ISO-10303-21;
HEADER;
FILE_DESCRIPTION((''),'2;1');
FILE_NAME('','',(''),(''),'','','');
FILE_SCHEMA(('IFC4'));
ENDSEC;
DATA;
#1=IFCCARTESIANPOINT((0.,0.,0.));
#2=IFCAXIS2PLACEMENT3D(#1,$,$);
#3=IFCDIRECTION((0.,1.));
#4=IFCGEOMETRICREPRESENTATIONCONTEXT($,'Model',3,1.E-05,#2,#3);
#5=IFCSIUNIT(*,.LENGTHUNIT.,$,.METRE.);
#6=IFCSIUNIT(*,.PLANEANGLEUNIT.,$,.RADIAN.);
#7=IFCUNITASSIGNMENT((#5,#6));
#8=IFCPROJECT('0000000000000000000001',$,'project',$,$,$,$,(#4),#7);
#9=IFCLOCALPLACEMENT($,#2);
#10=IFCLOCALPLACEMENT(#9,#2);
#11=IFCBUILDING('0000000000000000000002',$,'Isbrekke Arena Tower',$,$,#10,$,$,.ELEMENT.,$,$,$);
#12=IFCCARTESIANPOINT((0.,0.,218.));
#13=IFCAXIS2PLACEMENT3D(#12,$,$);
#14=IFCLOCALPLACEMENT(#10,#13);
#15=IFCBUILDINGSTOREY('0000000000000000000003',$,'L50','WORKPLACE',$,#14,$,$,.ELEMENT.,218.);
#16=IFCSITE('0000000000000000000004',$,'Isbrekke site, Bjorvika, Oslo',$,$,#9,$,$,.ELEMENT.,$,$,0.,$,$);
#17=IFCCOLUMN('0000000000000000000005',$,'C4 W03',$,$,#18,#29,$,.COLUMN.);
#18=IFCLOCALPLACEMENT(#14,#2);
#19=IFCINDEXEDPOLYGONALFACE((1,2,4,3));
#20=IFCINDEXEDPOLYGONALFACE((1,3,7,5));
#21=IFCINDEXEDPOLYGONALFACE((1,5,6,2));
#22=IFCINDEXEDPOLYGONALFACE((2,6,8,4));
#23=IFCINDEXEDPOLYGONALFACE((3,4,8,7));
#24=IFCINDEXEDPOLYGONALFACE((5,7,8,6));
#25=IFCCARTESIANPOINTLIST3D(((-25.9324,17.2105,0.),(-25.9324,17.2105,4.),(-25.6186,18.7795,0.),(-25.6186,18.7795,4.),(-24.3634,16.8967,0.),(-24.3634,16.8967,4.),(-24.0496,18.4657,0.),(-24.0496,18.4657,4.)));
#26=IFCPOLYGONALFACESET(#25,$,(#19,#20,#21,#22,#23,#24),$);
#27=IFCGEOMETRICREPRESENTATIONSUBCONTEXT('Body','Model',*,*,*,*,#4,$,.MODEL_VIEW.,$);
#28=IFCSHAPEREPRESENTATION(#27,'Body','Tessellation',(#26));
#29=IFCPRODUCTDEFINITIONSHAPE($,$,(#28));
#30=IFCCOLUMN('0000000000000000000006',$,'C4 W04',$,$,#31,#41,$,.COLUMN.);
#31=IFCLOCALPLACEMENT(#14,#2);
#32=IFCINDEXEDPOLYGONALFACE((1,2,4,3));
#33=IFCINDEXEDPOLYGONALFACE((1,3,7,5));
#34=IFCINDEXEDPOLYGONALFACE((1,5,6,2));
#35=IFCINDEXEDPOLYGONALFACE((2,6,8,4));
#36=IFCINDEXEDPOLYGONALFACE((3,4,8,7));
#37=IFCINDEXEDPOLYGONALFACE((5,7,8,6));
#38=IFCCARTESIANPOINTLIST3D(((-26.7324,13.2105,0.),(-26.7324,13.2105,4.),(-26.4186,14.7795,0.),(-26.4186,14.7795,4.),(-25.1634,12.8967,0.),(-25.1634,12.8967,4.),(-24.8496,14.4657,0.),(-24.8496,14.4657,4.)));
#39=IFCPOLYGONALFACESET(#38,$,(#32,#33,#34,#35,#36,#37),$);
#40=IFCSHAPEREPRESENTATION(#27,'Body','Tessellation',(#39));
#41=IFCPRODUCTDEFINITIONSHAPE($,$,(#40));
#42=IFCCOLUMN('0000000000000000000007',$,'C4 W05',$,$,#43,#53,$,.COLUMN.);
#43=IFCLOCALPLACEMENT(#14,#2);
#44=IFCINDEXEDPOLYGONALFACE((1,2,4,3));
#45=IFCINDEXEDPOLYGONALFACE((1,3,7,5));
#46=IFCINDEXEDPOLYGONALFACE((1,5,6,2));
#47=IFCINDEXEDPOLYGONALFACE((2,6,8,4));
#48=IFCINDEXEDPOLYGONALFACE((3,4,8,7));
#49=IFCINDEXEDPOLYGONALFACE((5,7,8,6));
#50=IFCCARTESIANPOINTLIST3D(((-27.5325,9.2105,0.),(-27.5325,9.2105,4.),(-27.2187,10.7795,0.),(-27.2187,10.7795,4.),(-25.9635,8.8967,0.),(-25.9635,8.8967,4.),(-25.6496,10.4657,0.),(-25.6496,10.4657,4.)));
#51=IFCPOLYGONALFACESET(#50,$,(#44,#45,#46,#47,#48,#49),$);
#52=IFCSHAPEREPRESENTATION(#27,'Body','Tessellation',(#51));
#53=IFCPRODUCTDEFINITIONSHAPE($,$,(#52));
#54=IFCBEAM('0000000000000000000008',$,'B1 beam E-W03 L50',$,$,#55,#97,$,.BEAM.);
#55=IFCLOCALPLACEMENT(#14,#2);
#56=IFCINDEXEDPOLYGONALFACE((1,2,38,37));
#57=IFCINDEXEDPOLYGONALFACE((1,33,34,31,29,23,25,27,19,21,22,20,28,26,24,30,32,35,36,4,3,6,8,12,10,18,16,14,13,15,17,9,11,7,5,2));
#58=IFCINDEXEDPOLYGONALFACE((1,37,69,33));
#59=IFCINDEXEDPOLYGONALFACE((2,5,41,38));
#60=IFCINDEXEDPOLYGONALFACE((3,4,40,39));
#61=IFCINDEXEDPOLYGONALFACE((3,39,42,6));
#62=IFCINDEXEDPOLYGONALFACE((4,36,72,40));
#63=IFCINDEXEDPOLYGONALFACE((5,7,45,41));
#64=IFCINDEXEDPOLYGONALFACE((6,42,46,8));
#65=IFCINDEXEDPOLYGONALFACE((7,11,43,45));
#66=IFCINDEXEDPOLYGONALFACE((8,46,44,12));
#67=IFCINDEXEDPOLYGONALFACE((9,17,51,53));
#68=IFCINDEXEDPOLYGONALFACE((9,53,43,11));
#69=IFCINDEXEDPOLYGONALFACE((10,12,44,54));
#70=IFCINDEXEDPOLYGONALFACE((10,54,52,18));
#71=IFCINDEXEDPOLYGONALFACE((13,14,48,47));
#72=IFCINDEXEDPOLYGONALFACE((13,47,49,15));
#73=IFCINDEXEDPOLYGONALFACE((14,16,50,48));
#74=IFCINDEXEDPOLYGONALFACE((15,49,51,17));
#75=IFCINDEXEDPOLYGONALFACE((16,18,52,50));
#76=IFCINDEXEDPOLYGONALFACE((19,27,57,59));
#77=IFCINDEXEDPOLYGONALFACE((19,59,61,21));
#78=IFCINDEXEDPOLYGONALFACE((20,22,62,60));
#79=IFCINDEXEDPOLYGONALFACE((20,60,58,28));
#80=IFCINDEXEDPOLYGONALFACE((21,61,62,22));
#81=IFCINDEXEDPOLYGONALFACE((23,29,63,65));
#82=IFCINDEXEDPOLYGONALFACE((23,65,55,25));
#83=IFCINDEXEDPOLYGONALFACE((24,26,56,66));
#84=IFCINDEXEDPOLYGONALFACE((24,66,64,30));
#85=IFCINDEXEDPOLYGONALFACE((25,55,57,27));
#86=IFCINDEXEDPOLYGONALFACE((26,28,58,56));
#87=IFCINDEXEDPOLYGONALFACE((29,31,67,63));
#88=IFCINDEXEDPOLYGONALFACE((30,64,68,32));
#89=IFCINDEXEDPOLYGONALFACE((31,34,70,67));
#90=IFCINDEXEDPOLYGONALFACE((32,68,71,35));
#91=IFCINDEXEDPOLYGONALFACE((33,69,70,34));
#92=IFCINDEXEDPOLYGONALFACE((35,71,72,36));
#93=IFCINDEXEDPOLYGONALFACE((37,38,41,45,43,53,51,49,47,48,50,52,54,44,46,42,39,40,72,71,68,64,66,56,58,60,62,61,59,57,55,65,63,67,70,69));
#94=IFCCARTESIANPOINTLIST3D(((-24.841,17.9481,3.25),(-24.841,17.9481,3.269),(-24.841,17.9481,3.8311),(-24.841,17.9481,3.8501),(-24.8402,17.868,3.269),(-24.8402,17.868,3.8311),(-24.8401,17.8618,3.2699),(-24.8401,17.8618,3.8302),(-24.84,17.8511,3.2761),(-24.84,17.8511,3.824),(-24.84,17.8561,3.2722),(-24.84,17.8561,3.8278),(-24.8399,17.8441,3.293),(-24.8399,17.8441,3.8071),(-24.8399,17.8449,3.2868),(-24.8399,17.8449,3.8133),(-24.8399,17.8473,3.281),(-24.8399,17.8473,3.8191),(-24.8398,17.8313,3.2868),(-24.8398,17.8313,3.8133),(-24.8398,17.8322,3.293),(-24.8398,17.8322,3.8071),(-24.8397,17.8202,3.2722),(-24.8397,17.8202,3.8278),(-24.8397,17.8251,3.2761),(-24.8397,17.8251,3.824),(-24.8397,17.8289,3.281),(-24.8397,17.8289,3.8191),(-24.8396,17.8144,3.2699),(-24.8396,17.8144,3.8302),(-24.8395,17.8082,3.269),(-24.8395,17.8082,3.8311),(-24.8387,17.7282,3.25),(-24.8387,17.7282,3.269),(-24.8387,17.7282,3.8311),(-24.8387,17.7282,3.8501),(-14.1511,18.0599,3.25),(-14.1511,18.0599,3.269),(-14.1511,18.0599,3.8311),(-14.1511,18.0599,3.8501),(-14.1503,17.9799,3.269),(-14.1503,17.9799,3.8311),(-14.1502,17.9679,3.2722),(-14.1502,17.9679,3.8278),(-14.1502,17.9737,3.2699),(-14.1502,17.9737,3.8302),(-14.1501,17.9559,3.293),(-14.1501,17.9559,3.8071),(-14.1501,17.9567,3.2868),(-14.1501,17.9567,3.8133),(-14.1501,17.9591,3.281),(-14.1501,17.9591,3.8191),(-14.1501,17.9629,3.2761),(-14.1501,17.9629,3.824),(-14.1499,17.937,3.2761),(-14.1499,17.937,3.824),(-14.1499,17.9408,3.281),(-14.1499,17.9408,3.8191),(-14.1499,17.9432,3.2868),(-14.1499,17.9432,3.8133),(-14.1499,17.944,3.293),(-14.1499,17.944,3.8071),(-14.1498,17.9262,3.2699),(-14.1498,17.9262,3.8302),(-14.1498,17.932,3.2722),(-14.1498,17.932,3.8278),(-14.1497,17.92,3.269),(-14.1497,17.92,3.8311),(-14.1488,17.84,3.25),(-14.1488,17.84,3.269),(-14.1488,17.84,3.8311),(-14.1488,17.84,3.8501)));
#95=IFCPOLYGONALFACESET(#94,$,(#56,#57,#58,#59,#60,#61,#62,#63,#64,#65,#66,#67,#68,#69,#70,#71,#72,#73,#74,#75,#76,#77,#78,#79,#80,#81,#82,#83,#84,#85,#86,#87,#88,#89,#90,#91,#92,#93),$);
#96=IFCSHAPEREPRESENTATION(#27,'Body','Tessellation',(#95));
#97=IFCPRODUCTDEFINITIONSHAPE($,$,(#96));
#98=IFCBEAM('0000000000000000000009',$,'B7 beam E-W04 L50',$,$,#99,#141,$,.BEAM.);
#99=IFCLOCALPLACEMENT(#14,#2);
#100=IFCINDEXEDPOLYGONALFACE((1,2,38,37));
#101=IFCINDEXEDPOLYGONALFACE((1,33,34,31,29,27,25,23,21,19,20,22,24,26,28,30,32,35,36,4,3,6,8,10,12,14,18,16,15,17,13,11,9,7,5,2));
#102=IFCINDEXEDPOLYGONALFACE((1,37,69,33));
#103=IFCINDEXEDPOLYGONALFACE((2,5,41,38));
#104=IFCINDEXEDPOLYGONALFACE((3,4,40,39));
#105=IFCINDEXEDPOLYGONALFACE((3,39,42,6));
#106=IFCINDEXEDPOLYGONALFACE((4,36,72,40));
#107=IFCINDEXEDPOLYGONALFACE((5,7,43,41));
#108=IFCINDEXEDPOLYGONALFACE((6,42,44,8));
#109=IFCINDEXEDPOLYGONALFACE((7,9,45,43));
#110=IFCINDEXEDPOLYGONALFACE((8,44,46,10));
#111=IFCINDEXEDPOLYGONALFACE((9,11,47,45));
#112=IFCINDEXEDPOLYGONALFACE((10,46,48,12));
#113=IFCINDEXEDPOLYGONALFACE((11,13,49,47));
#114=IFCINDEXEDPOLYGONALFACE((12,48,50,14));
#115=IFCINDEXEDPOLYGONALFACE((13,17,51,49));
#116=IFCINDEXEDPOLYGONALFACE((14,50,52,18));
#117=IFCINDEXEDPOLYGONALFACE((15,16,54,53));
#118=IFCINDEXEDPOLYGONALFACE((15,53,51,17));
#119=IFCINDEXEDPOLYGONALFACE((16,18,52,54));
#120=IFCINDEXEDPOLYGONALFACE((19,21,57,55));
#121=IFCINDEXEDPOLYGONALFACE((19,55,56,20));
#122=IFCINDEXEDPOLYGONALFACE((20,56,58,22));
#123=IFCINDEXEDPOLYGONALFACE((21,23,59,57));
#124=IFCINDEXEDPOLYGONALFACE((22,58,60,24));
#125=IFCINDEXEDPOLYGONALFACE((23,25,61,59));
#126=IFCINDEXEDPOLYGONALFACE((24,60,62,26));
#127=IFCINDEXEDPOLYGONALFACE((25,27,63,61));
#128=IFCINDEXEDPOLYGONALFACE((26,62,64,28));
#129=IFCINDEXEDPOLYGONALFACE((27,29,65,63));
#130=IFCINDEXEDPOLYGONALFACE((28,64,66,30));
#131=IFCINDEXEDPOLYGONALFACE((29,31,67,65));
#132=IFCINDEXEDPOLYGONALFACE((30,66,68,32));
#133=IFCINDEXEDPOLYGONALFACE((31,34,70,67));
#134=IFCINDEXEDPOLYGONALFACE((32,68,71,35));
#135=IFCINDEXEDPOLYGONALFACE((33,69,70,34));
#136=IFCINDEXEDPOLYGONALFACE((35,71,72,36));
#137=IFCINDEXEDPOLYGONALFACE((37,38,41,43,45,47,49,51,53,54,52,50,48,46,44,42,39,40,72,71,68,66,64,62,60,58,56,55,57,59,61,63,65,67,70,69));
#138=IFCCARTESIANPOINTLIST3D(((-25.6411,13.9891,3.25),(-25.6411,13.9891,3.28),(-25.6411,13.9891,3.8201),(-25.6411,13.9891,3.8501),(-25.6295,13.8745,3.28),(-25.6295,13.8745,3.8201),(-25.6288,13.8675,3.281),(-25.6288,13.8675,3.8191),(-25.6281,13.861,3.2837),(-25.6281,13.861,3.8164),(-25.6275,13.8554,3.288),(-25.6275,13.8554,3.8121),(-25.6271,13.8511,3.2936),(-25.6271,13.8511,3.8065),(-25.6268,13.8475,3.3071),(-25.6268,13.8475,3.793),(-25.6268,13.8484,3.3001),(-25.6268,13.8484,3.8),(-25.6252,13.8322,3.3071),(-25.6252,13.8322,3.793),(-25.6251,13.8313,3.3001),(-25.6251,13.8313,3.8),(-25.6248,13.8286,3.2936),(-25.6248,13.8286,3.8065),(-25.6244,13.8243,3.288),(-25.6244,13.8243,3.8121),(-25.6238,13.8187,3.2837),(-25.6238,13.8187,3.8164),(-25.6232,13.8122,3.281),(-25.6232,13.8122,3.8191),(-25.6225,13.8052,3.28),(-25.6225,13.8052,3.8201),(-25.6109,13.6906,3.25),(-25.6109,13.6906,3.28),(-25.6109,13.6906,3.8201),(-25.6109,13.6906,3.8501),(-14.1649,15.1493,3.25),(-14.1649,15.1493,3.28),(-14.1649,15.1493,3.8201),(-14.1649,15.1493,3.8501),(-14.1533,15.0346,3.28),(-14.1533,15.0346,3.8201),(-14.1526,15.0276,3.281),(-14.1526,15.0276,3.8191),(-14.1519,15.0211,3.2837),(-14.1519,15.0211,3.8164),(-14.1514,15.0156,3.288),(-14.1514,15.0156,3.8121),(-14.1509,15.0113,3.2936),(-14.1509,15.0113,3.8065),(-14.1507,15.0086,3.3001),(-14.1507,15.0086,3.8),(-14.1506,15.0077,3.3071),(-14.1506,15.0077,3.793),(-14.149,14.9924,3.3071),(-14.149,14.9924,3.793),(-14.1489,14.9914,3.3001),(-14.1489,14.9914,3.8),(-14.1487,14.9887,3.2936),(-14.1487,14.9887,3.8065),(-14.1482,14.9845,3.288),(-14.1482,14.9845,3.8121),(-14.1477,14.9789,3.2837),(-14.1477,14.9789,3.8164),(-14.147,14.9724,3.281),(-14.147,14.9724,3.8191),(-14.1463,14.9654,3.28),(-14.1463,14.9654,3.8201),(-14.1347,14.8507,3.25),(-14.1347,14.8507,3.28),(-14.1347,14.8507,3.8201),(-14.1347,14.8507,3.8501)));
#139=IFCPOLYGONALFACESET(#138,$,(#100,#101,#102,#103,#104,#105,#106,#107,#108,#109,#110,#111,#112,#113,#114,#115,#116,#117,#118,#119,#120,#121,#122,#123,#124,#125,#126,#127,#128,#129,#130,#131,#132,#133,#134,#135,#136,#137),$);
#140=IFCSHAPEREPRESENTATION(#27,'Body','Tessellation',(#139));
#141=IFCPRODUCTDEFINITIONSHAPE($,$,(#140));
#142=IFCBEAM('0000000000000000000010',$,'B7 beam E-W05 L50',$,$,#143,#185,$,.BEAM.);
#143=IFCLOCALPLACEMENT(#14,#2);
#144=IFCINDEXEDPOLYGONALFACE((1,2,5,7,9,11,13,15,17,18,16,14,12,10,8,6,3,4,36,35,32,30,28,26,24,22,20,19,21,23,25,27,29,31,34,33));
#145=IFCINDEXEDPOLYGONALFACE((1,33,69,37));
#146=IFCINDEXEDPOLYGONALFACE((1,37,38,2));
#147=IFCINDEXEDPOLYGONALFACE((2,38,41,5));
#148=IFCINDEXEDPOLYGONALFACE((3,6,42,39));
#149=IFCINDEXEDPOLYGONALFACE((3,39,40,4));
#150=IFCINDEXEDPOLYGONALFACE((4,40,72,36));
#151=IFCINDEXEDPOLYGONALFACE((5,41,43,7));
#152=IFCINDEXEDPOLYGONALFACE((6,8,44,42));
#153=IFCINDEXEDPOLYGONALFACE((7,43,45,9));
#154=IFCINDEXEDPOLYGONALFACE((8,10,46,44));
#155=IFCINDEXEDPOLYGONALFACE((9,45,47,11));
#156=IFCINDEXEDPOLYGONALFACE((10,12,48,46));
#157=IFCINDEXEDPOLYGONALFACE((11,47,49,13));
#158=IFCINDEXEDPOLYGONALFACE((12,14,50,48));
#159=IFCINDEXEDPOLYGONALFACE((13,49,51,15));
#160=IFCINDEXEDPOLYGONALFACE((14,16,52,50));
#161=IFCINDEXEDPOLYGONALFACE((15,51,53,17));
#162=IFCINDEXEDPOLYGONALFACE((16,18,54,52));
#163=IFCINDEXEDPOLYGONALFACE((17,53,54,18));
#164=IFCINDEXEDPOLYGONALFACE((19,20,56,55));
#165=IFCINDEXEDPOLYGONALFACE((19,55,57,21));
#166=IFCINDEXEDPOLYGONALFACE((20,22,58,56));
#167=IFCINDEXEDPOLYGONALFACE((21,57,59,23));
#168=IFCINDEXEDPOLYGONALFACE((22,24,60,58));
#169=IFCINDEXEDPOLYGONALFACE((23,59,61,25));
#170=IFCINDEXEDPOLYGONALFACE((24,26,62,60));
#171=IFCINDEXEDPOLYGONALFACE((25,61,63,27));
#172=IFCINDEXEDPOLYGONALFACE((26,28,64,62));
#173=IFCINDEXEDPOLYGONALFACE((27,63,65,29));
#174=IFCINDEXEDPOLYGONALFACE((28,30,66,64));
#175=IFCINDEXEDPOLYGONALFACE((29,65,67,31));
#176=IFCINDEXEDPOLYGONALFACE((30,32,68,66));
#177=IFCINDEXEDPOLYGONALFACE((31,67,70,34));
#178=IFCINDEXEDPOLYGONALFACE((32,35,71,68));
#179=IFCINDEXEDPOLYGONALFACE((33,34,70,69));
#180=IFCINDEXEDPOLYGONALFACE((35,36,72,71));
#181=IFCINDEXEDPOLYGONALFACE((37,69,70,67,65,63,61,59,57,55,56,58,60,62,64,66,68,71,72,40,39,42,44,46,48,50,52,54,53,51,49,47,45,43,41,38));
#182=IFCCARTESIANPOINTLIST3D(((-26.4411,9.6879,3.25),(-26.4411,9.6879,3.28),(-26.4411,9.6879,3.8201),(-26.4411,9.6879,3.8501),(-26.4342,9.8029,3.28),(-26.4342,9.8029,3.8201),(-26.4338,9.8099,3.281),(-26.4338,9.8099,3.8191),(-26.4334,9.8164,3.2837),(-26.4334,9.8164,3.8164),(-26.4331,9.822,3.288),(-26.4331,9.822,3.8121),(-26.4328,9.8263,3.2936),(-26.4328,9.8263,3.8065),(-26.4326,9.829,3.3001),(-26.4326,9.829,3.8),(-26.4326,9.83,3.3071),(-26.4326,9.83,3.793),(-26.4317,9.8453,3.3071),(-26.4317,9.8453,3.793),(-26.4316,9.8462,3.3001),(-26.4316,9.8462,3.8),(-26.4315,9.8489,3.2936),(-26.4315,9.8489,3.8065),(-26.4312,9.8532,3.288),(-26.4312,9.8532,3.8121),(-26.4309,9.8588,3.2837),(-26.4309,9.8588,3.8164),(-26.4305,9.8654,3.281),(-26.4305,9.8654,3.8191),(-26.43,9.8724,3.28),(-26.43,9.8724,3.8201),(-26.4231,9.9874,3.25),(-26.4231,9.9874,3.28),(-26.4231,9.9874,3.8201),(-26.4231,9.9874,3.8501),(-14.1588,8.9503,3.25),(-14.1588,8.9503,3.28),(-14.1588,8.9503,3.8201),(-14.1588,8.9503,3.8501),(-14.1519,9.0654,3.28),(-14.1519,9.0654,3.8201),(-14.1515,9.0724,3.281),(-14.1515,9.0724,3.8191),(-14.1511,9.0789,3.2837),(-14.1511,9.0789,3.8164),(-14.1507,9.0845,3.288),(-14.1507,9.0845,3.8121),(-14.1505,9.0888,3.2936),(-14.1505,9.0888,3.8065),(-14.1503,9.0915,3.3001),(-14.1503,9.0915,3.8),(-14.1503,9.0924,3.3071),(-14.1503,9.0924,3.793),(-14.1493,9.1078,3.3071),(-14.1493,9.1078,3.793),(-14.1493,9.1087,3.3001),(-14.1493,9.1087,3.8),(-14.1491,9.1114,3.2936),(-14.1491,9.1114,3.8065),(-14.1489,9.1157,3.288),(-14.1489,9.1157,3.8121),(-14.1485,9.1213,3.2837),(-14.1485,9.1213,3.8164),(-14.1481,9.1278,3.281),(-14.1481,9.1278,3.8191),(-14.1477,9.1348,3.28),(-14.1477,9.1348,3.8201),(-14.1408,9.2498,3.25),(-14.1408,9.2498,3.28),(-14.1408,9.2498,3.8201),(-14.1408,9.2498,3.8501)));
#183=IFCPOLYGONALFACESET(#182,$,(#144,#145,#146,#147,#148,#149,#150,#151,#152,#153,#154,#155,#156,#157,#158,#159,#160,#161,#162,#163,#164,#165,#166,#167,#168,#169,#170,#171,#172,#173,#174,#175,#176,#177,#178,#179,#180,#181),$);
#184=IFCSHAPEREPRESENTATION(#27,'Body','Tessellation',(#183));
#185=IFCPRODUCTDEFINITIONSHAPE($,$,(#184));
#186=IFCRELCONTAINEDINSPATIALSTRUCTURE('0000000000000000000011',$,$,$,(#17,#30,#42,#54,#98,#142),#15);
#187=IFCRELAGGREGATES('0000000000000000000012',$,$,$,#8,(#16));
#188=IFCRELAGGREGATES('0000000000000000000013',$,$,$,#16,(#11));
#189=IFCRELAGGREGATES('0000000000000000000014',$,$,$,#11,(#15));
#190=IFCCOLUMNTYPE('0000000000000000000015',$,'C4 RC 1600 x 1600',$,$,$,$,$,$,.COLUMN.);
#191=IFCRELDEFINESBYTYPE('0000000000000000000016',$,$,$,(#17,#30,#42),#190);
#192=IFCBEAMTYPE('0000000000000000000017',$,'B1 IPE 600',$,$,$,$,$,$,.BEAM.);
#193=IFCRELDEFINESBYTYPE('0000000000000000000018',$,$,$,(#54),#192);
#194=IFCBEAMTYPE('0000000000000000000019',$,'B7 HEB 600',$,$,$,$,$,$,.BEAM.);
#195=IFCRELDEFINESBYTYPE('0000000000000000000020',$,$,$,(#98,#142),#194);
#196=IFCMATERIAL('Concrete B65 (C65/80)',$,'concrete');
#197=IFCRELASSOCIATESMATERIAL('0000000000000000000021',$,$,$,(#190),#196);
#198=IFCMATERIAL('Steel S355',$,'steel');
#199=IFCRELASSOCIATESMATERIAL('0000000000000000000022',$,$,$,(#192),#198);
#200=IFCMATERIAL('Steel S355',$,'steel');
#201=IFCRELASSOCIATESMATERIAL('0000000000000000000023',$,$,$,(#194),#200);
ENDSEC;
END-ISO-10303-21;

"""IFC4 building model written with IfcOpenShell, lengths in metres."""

from ifc_helpers import new_model, si_unit, direction, frame, origin, origin_2d, place, context, subcontext, project, spatial, rectangle, i_section, extrude, material, material_profile, profile_set, type_object, element, save


model = new_model("IFC4")

# Units and contexts
model_context = context("Model", 3, precision=1e-05, world=origin(), true_north=direction((0.0, 1.0)))
body_context = subcontext(model_context, "Body", "Model", "MODEL_VIEW")
ifc_project = project(units=[si_unit("LENGTHUNIT", "METRE"), si_unit("PLANEANGLEUNIT", "RADIAN")], contexts=[model_context])

# Site, building, storey
site_placement = place(None, origin())
site = spatial("IfcSite", under=ifc_project, at=site_placement, Name="Isbrekke site, Bjorvika, Oslo", CompositionType="ELEMENT", RefElevation=0.0)
building_placement = place(site_placement, origin())
building = spatial("IfcBuilding", under=site, at=building_placement, Name="Isbrekke Arena Tower", CompositionType="ELEMENT")
storey_placement = place(building_placement, frame((0.0, 0.0, 218.0)))
storey = spatial("IfcBuildingStorey", under=building, at=storey_placement, Name="L50", Description="WORKPLACE", CompositionType="ELEMENT", Elevation=218.0)

# Columns
ifc_material_1 = material(Name="Concrete B65 (C65/80)", Category="concrete")
ifc_material_profile_1 = material_profile(ifc_material_1, rectangle(XDim=1.6001, YDim=1.6001, at=origin_2d()), Name="RC 1600x1600")
ifc_profile_set_1 = profile_set([ifc_material_profile_1], Name="Concrete B65 (C65/80)")
column_type = type_object("IfcColumnType", Name="C4 RC 1600 x 1600", PredefinedType="COLUMN", material=ifc_profile_set_1)
for number, where, z_axis, x_axis, name in (
    (1, (-24.991, 17.8381, 0.0), (0.0, 0.0, 1.0), (-0.196116, -0.980581, 0.0), "C4 W03"),
    (2, (-25.791, 13.8381, 0.0), (0.0, 0.0, 1.0), (-0.196116, -0.980581, 0.0), "C4 W04"),
    (3, (-26.5911, 9.8381, 0.0), (0.0, 0.0, 1.0), (-0.196116, -0.980581, 0.0), "C4 W05"),
):
    element("IfcColumn", number, at=place(storey_placement, frame(where, z_axis=z_axis, x_axis=x_axis)), inside=storey, type_object=column_type, Name=name, PredefinedType="COLUMN", context=body_context, shape_type="SweptSolid", body=[
        extrude(rectangle(XDim=1.6001, YDim=1.6001, at=origin_2d()), origin(), (0.0, 0.0, 1.0), 4.0),
    ])

# Beams
ifc_material_2 = material(Name="Steel S355", Category="steel")
ifc_material_profile_2 = material_profile(ifc_material_2, i_section(OverallWidth=0.22, OverallDepth=0.6001, WebThickness=0.012, FlangeThickness=0.019, FilletRadius=0.0239, at=origin_2d()), Name="IPE 600")
ifc_profile_set_2 = profile_set([ifc_material_profile_2], Name="Steel S355")
beam_type_1 = type_object("IfcBeamType", Name="B1 IPE 600", PredefinedType="BEAM", material=ifc_profile_set_2)
beam_1_placement = place(storey_placement, frame((-24.8398, 17.8381, 3.55), z_axis=(0.999945, 0.010459, 0.0), x_axis=(-0.010459, 0.999945, 0.0)))
element("IfcBeam", 4, at=beam_1_placement, inside=storey, type_object=beam_type_1, Name="B1 beam E-W03 L50", PredefinedType="BEAM", context=body_context, shape_type="SweptSolid", body=[
    extrude(i_section(OverallWidth=0.22, OverallDepth=0.6001, WebThickness=0.012, FlangeThickness=0.019, FilletRadius=0.0239, at=origin_2d()), origin(), (0.0, 0.0, 1.0), 10.6904),
])
ifc_material_3 = material(Name="Steel S355", Category="steel")
ifc_material_profile_3 = material_profile(ifc_material_3, i_section(OverallWidth=0.3, OverallDepth=0.6001, WebThickness=0.0154, FlangeThickness=0.03, FilletRadius=0.0271, at=origin_2d()), Name="HEB 600")
ifc_profile_set_3 = profile_set([ifc_material_profile_3], Name="Steel S355")
beam_type_2 = type_object("IfcBeamType", Name="B7 HEB 600", PredefinedType="BEAM", material=ifc_profile_set_3)
beam_2_placement = place(storey_placement, frame((-25.626, 13.8398, 3.55), z_axis=(0.994929, 0.100581, 0.0), x_axis=(-0.100581, 0.994929, 0.0)))
element("IfcBeam", 5, at=beam_2_placement, inside=storey, type_object=beam_type_2, Name="B7 beam E-W04 L50", PredefinedType="BEAM", context=body_context, shape_type="SweptSolid", body=[
    extrude(i_section(OverallWidth=0.3, OverallDepth=0.6001, WebThickness=0.0154, FlangeThickness=0.03, FilletRadius=0.0271, at=origin_2d()), origin(), (0.0, 0.0, 1.0), 11.5347),
])
beam_3_placement = place(storey_placement, frame((-26.4321, 9.8376, 3.55), z_axis=(0.998202, -0.059942, 0.0), x_axis=(0.059942, 0.998202, 0.0)))
element("IfcBeam", 6, at=beam_3_placement, inside=storey, type_object=beam_type_2, Name="B7 beam E-W05 L50", PredefinedType="BEAM", context=body_context, shape_type="SweptSolid", body=[
    extrude(i_section(OverallWidth=0.3, OverallDepth=0.6001, WebThickness=0.0154, FlangeThickness=0.03, FilletRadius=0.0271, at=origin_2d()), origin(), (0.0, 0.0, 1.0), 12.3044),
])

save(model, "model.ifc")
